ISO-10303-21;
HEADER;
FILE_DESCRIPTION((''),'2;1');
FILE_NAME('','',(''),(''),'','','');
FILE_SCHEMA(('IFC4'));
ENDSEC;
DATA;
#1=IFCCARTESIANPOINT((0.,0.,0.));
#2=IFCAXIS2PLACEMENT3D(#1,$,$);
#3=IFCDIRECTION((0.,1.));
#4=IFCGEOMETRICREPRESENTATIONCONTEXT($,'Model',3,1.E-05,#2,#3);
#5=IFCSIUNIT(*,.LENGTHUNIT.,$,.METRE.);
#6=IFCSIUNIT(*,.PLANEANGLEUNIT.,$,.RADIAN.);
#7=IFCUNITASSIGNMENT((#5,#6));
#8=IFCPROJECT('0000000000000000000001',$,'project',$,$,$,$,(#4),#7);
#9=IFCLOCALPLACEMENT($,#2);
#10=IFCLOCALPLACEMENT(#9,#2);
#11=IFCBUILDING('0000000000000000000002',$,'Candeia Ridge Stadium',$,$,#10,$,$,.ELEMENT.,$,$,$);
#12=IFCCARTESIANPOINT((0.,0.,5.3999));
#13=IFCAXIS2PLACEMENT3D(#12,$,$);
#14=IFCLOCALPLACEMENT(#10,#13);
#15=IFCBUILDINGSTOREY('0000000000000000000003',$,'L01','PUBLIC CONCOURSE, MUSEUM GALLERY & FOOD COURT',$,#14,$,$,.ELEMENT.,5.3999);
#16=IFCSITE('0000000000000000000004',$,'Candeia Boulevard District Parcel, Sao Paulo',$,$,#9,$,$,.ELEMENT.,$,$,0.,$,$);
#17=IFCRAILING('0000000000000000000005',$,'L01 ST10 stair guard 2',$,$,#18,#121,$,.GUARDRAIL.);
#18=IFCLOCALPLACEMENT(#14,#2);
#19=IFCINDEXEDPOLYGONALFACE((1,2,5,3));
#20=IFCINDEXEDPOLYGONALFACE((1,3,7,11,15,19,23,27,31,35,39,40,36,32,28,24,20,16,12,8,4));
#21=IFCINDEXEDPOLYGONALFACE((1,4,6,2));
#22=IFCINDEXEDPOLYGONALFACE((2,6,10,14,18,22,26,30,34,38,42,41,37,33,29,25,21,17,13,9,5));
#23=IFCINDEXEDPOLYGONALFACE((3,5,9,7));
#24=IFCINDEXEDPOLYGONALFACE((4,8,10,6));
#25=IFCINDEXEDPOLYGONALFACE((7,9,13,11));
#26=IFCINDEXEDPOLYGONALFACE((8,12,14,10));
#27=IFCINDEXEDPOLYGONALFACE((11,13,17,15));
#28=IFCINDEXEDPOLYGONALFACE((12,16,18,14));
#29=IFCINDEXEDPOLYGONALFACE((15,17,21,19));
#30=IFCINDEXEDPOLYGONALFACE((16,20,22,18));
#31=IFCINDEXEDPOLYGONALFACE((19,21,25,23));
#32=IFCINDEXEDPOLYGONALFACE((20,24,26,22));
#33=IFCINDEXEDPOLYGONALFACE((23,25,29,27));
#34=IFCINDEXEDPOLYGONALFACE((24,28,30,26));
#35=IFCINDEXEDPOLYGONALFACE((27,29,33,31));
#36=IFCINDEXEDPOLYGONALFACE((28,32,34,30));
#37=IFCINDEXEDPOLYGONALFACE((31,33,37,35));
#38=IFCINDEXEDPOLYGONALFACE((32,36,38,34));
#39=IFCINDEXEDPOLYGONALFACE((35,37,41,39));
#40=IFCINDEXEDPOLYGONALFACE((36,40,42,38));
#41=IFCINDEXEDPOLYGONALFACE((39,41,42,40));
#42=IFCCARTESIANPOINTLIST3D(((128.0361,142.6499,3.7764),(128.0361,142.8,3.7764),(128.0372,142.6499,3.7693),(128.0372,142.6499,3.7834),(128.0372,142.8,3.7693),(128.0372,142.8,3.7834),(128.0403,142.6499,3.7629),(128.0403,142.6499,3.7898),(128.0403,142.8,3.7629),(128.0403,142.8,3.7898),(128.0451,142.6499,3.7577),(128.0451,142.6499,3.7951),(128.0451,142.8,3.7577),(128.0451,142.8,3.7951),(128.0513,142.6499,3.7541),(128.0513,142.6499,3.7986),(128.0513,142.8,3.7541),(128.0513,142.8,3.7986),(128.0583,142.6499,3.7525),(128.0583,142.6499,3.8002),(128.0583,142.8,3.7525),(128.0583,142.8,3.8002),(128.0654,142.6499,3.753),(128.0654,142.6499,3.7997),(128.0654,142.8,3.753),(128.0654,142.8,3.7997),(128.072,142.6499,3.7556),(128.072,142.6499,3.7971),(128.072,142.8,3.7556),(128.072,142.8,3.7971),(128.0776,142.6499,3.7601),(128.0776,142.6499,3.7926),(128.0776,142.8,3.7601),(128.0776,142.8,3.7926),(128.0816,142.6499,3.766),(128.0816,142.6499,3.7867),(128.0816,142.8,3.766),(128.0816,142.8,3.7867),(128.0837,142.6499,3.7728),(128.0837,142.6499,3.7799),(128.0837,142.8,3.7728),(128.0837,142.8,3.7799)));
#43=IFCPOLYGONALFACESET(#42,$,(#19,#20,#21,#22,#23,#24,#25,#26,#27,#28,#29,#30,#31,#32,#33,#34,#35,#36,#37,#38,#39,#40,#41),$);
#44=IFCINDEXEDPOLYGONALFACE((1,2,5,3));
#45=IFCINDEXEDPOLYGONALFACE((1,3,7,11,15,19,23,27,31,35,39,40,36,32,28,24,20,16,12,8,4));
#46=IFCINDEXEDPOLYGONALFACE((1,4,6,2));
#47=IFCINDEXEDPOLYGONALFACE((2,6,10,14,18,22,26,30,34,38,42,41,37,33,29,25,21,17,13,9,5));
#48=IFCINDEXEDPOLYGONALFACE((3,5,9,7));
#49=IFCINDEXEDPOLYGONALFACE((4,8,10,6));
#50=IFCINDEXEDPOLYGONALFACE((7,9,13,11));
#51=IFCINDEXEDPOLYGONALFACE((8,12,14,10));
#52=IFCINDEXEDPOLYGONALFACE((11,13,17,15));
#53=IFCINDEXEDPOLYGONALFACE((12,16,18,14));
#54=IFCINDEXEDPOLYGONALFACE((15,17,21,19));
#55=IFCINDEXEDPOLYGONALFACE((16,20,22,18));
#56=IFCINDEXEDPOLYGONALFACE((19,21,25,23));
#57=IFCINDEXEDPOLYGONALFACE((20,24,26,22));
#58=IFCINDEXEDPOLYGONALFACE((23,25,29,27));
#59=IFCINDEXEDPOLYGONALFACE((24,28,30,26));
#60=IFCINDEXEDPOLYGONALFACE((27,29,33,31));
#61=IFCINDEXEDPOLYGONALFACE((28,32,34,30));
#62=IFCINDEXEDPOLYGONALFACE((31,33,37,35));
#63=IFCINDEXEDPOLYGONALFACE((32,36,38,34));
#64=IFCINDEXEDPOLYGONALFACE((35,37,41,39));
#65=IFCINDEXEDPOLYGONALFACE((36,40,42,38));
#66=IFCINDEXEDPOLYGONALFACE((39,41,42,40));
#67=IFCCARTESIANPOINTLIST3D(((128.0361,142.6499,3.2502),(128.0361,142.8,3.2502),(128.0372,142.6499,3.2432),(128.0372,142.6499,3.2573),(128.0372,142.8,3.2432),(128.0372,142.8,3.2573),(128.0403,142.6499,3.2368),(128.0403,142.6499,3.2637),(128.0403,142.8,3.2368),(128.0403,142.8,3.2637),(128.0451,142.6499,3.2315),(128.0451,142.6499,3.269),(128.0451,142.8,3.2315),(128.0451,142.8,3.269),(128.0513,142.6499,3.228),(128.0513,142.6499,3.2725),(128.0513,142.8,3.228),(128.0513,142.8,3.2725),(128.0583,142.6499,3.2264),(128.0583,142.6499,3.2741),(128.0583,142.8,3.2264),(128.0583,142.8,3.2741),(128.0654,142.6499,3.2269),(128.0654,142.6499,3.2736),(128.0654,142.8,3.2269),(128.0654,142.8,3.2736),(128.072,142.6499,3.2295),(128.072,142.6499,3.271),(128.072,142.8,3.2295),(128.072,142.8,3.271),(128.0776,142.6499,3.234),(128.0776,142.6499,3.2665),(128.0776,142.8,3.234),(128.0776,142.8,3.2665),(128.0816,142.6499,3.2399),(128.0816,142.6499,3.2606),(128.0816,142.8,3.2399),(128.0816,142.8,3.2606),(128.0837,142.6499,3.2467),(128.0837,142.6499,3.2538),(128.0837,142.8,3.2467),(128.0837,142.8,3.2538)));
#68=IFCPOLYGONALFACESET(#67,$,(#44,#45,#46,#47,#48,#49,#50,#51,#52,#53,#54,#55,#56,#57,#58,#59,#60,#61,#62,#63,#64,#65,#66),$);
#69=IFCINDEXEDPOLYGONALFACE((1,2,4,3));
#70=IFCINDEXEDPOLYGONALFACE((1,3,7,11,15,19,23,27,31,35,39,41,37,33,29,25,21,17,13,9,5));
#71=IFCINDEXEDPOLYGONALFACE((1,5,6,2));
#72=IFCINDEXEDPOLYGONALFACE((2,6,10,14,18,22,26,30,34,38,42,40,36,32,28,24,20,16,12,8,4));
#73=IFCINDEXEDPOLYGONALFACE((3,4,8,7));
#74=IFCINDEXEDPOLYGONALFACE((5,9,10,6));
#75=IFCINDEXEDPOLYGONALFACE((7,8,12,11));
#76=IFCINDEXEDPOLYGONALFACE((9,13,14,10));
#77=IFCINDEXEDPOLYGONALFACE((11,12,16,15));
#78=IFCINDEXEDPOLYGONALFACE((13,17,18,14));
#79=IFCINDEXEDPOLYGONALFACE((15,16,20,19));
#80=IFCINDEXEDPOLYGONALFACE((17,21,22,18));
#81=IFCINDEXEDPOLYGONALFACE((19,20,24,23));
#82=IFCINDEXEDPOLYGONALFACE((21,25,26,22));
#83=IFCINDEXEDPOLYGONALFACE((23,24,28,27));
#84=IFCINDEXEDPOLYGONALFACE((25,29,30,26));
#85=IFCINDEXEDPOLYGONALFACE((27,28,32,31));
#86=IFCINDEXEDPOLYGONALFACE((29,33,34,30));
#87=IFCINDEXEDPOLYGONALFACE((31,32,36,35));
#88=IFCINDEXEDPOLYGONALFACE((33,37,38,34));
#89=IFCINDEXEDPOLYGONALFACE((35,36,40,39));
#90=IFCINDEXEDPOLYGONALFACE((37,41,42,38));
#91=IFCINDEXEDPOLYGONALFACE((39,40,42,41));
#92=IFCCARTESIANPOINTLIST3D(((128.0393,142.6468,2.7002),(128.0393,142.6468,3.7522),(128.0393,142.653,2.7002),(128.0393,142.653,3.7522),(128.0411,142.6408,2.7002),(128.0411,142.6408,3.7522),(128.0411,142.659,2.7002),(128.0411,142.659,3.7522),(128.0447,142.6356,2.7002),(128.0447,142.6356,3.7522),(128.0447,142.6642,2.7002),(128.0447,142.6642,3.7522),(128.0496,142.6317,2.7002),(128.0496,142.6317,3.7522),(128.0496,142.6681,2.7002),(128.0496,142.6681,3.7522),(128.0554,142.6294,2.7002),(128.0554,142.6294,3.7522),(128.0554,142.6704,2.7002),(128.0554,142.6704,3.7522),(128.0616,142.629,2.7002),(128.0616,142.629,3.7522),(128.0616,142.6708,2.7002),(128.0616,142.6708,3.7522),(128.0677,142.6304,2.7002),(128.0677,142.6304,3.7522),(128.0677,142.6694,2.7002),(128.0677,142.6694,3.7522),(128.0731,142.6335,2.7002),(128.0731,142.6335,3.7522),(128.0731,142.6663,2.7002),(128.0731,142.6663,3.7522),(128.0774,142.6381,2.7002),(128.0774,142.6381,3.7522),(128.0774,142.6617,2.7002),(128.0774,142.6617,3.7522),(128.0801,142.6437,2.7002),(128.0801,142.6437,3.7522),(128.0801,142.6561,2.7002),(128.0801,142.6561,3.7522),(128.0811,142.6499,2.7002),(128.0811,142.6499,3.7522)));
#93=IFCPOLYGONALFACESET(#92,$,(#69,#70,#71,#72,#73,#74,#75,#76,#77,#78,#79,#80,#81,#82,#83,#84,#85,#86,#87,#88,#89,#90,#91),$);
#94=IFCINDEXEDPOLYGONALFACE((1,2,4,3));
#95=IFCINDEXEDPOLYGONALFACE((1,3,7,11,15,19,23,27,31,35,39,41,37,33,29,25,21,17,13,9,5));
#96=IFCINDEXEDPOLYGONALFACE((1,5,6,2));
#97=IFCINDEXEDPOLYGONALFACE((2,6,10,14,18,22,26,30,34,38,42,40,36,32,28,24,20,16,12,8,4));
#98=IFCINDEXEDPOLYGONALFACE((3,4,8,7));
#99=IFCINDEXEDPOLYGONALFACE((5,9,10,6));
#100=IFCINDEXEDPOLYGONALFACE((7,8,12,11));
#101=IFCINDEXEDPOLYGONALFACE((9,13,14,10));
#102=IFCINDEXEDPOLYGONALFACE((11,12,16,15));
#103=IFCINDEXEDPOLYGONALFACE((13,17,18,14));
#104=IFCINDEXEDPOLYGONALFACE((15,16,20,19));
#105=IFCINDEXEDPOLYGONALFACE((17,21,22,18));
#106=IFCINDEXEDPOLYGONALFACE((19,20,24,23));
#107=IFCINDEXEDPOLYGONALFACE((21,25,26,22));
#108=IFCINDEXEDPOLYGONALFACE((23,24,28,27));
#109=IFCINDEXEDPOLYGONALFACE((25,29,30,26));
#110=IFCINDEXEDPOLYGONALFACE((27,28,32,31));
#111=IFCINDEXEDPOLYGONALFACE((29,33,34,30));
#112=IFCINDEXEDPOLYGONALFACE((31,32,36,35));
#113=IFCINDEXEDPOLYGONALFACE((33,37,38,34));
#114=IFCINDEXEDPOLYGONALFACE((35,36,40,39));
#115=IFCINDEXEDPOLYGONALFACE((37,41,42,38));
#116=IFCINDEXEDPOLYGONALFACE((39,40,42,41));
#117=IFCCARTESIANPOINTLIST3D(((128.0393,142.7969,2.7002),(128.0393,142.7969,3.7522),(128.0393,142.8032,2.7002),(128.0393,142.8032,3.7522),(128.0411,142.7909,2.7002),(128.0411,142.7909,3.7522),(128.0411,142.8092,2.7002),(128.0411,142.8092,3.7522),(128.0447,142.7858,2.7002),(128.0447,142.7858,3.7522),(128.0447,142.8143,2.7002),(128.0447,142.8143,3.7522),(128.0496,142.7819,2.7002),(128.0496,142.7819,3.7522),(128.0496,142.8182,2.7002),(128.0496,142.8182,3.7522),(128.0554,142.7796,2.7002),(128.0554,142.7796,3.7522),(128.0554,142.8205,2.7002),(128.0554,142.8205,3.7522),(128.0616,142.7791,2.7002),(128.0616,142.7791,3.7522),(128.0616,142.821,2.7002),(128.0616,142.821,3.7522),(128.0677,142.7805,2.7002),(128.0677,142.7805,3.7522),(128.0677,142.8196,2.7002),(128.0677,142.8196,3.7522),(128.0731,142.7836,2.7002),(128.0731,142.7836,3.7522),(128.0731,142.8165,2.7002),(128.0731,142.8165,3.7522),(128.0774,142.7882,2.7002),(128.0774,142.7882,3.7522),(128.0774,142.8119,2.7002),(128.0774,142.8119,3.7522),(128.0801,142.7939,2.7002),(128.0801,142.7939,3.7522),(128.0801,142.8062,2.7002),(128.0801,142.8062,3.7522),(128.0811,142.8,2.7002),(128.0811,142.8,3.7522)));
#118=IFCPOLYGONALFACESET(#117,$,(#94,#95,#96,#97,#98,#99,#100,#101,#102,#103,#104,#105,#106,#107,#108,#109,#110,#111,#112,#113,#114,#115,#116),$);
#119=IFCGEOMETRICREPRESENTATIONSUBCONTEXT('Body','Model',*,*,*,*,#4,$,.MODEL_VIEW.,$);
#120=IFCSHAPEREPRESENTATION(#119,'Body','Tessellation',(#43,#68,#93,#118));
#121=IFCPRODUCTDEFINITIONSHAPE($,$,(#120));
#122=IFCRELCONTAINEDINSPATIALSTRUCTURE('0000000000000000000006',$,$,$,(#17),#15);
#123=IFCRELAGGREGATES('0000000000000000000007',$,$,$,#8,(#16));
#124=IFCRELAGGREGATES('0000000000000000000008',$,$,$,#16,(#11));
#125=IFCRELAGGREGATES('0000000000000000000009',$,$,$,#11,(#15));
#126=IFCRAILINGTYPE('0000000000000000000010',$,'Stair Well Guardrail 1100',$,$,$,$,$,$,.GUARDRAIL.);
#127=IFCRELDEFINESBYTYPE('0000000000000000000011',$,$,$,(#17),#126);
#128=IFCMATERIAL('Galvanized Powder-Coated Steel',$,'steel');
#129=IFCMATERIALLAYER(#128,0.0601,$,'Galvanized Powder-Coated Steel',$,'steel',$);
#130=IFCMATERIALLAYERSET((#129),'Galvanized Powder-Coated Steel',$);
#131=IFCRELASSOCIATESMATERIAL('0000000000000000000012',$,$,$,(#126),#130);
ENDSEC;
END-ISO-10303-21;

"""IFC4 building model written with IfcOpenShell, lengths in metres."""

from ifc_helpers import new_model, si_unit, direction, frame, origin, origin_2d, place, context, subcontext, project, spatial, circle, extrude, material, layer, layer_set, type_object, element, save


model = new_model("IFC4")

# Units and contexts
model_context = context("Model", 3, precision=1e-05, world=origin(), true_north=direction((0.0, 1.0)))
body_context = subcontext(model_context, "Body", "Model", "MODEL_VIEW")
ifc_project = project(units=[si_unit("LENGTHUNIT", "METRE"), si_unit("PLANEANGLEUNIT", "RADIAN")], contexts=[model_context])

# Site, building, storey
site_placement = place(None, origin())
site = spatial("IfcSite", under=ifc_project, at=site_placement, Name="Candeia Boulevard District Parcel, Sao Paulo", CompositionType="ELEMENT", RefElevation=0.0)
building_placement = place(site_placement, origin())
building = spatial("IfcBuilding", under=site, at=building_placement, Name="Candeia Ridge Stadium", CompositionType="ELEMENT")
storey_placement = place(building_placement, frame((0.0, 0.0, 5.3999)))
storey = spatial("IfcBuildingStorey", under=building, at=storey_placement, Name="L01", Description="PUBLIC CONCOURSE, MUSEUM GALLERY & FOOD COURT", CompositionType="ELEMENT", Elevation=5.3999)

# Railing
ifc_material_1 = material(Name="Galvanized Powder-Coated Steel", Category="steel")
ifc_layer_1 = layer(ifc_material_1, 0.0601, Name="Galvanized Powder-Coated Steel", Category="steel")
ifc_layer_set_1 = layer_set([ifc_layer_1], Name="Galvanized Powder-Coated Steel")
railing_type_1 = type_object("IfcRailingType", Name="Stair Well Guardrail 1100", PredefinedType="GUARDRAIL", material=ifc_layer_set_1)
railing_1_placement = place(storey_placement, frame((128.0601, 142.6499, 2.7002)))
element("IfcRailing", 1, at=railing_1_placement, inside=storey, type_object=railing_type_1, Name="L01 ST10 stair guard 2", PredefinedType="GUARDRAIL", context=body_context, shape_type="SweptSolid", body=[
    extrude(circle(Radius=0.0239, at=origin_2d()), frame((0.0, 0.0, 1.0762), z_axis=(0.0, 1.0, 0.0), x_axis=(-1.0, 0.0, 0.0)), (0.0, 0.0, 1.0), 0.1501),
    extrude(circle(Radius=0.0239, at=origin_2d()), frame((0.0, 0.0, 0.55), z_axis=(0.0, 1.0, 0.0), x_axis=(-1.0, 0.0, 0.0)), (0.0, 0.0, 1.0), 0.1501),
    extrude(circle(Radius=0.021, at=origin_2d()), origin(), (0.0, 0.0, 1.0), 1.052),
    extrude(circle(Radius=0.021, at=origin_2d()), frame((0.0, 0.1501, 0.0)), (0.0, 0.0, 1.0), 1.052),
])

save(model, "model.ifc")
